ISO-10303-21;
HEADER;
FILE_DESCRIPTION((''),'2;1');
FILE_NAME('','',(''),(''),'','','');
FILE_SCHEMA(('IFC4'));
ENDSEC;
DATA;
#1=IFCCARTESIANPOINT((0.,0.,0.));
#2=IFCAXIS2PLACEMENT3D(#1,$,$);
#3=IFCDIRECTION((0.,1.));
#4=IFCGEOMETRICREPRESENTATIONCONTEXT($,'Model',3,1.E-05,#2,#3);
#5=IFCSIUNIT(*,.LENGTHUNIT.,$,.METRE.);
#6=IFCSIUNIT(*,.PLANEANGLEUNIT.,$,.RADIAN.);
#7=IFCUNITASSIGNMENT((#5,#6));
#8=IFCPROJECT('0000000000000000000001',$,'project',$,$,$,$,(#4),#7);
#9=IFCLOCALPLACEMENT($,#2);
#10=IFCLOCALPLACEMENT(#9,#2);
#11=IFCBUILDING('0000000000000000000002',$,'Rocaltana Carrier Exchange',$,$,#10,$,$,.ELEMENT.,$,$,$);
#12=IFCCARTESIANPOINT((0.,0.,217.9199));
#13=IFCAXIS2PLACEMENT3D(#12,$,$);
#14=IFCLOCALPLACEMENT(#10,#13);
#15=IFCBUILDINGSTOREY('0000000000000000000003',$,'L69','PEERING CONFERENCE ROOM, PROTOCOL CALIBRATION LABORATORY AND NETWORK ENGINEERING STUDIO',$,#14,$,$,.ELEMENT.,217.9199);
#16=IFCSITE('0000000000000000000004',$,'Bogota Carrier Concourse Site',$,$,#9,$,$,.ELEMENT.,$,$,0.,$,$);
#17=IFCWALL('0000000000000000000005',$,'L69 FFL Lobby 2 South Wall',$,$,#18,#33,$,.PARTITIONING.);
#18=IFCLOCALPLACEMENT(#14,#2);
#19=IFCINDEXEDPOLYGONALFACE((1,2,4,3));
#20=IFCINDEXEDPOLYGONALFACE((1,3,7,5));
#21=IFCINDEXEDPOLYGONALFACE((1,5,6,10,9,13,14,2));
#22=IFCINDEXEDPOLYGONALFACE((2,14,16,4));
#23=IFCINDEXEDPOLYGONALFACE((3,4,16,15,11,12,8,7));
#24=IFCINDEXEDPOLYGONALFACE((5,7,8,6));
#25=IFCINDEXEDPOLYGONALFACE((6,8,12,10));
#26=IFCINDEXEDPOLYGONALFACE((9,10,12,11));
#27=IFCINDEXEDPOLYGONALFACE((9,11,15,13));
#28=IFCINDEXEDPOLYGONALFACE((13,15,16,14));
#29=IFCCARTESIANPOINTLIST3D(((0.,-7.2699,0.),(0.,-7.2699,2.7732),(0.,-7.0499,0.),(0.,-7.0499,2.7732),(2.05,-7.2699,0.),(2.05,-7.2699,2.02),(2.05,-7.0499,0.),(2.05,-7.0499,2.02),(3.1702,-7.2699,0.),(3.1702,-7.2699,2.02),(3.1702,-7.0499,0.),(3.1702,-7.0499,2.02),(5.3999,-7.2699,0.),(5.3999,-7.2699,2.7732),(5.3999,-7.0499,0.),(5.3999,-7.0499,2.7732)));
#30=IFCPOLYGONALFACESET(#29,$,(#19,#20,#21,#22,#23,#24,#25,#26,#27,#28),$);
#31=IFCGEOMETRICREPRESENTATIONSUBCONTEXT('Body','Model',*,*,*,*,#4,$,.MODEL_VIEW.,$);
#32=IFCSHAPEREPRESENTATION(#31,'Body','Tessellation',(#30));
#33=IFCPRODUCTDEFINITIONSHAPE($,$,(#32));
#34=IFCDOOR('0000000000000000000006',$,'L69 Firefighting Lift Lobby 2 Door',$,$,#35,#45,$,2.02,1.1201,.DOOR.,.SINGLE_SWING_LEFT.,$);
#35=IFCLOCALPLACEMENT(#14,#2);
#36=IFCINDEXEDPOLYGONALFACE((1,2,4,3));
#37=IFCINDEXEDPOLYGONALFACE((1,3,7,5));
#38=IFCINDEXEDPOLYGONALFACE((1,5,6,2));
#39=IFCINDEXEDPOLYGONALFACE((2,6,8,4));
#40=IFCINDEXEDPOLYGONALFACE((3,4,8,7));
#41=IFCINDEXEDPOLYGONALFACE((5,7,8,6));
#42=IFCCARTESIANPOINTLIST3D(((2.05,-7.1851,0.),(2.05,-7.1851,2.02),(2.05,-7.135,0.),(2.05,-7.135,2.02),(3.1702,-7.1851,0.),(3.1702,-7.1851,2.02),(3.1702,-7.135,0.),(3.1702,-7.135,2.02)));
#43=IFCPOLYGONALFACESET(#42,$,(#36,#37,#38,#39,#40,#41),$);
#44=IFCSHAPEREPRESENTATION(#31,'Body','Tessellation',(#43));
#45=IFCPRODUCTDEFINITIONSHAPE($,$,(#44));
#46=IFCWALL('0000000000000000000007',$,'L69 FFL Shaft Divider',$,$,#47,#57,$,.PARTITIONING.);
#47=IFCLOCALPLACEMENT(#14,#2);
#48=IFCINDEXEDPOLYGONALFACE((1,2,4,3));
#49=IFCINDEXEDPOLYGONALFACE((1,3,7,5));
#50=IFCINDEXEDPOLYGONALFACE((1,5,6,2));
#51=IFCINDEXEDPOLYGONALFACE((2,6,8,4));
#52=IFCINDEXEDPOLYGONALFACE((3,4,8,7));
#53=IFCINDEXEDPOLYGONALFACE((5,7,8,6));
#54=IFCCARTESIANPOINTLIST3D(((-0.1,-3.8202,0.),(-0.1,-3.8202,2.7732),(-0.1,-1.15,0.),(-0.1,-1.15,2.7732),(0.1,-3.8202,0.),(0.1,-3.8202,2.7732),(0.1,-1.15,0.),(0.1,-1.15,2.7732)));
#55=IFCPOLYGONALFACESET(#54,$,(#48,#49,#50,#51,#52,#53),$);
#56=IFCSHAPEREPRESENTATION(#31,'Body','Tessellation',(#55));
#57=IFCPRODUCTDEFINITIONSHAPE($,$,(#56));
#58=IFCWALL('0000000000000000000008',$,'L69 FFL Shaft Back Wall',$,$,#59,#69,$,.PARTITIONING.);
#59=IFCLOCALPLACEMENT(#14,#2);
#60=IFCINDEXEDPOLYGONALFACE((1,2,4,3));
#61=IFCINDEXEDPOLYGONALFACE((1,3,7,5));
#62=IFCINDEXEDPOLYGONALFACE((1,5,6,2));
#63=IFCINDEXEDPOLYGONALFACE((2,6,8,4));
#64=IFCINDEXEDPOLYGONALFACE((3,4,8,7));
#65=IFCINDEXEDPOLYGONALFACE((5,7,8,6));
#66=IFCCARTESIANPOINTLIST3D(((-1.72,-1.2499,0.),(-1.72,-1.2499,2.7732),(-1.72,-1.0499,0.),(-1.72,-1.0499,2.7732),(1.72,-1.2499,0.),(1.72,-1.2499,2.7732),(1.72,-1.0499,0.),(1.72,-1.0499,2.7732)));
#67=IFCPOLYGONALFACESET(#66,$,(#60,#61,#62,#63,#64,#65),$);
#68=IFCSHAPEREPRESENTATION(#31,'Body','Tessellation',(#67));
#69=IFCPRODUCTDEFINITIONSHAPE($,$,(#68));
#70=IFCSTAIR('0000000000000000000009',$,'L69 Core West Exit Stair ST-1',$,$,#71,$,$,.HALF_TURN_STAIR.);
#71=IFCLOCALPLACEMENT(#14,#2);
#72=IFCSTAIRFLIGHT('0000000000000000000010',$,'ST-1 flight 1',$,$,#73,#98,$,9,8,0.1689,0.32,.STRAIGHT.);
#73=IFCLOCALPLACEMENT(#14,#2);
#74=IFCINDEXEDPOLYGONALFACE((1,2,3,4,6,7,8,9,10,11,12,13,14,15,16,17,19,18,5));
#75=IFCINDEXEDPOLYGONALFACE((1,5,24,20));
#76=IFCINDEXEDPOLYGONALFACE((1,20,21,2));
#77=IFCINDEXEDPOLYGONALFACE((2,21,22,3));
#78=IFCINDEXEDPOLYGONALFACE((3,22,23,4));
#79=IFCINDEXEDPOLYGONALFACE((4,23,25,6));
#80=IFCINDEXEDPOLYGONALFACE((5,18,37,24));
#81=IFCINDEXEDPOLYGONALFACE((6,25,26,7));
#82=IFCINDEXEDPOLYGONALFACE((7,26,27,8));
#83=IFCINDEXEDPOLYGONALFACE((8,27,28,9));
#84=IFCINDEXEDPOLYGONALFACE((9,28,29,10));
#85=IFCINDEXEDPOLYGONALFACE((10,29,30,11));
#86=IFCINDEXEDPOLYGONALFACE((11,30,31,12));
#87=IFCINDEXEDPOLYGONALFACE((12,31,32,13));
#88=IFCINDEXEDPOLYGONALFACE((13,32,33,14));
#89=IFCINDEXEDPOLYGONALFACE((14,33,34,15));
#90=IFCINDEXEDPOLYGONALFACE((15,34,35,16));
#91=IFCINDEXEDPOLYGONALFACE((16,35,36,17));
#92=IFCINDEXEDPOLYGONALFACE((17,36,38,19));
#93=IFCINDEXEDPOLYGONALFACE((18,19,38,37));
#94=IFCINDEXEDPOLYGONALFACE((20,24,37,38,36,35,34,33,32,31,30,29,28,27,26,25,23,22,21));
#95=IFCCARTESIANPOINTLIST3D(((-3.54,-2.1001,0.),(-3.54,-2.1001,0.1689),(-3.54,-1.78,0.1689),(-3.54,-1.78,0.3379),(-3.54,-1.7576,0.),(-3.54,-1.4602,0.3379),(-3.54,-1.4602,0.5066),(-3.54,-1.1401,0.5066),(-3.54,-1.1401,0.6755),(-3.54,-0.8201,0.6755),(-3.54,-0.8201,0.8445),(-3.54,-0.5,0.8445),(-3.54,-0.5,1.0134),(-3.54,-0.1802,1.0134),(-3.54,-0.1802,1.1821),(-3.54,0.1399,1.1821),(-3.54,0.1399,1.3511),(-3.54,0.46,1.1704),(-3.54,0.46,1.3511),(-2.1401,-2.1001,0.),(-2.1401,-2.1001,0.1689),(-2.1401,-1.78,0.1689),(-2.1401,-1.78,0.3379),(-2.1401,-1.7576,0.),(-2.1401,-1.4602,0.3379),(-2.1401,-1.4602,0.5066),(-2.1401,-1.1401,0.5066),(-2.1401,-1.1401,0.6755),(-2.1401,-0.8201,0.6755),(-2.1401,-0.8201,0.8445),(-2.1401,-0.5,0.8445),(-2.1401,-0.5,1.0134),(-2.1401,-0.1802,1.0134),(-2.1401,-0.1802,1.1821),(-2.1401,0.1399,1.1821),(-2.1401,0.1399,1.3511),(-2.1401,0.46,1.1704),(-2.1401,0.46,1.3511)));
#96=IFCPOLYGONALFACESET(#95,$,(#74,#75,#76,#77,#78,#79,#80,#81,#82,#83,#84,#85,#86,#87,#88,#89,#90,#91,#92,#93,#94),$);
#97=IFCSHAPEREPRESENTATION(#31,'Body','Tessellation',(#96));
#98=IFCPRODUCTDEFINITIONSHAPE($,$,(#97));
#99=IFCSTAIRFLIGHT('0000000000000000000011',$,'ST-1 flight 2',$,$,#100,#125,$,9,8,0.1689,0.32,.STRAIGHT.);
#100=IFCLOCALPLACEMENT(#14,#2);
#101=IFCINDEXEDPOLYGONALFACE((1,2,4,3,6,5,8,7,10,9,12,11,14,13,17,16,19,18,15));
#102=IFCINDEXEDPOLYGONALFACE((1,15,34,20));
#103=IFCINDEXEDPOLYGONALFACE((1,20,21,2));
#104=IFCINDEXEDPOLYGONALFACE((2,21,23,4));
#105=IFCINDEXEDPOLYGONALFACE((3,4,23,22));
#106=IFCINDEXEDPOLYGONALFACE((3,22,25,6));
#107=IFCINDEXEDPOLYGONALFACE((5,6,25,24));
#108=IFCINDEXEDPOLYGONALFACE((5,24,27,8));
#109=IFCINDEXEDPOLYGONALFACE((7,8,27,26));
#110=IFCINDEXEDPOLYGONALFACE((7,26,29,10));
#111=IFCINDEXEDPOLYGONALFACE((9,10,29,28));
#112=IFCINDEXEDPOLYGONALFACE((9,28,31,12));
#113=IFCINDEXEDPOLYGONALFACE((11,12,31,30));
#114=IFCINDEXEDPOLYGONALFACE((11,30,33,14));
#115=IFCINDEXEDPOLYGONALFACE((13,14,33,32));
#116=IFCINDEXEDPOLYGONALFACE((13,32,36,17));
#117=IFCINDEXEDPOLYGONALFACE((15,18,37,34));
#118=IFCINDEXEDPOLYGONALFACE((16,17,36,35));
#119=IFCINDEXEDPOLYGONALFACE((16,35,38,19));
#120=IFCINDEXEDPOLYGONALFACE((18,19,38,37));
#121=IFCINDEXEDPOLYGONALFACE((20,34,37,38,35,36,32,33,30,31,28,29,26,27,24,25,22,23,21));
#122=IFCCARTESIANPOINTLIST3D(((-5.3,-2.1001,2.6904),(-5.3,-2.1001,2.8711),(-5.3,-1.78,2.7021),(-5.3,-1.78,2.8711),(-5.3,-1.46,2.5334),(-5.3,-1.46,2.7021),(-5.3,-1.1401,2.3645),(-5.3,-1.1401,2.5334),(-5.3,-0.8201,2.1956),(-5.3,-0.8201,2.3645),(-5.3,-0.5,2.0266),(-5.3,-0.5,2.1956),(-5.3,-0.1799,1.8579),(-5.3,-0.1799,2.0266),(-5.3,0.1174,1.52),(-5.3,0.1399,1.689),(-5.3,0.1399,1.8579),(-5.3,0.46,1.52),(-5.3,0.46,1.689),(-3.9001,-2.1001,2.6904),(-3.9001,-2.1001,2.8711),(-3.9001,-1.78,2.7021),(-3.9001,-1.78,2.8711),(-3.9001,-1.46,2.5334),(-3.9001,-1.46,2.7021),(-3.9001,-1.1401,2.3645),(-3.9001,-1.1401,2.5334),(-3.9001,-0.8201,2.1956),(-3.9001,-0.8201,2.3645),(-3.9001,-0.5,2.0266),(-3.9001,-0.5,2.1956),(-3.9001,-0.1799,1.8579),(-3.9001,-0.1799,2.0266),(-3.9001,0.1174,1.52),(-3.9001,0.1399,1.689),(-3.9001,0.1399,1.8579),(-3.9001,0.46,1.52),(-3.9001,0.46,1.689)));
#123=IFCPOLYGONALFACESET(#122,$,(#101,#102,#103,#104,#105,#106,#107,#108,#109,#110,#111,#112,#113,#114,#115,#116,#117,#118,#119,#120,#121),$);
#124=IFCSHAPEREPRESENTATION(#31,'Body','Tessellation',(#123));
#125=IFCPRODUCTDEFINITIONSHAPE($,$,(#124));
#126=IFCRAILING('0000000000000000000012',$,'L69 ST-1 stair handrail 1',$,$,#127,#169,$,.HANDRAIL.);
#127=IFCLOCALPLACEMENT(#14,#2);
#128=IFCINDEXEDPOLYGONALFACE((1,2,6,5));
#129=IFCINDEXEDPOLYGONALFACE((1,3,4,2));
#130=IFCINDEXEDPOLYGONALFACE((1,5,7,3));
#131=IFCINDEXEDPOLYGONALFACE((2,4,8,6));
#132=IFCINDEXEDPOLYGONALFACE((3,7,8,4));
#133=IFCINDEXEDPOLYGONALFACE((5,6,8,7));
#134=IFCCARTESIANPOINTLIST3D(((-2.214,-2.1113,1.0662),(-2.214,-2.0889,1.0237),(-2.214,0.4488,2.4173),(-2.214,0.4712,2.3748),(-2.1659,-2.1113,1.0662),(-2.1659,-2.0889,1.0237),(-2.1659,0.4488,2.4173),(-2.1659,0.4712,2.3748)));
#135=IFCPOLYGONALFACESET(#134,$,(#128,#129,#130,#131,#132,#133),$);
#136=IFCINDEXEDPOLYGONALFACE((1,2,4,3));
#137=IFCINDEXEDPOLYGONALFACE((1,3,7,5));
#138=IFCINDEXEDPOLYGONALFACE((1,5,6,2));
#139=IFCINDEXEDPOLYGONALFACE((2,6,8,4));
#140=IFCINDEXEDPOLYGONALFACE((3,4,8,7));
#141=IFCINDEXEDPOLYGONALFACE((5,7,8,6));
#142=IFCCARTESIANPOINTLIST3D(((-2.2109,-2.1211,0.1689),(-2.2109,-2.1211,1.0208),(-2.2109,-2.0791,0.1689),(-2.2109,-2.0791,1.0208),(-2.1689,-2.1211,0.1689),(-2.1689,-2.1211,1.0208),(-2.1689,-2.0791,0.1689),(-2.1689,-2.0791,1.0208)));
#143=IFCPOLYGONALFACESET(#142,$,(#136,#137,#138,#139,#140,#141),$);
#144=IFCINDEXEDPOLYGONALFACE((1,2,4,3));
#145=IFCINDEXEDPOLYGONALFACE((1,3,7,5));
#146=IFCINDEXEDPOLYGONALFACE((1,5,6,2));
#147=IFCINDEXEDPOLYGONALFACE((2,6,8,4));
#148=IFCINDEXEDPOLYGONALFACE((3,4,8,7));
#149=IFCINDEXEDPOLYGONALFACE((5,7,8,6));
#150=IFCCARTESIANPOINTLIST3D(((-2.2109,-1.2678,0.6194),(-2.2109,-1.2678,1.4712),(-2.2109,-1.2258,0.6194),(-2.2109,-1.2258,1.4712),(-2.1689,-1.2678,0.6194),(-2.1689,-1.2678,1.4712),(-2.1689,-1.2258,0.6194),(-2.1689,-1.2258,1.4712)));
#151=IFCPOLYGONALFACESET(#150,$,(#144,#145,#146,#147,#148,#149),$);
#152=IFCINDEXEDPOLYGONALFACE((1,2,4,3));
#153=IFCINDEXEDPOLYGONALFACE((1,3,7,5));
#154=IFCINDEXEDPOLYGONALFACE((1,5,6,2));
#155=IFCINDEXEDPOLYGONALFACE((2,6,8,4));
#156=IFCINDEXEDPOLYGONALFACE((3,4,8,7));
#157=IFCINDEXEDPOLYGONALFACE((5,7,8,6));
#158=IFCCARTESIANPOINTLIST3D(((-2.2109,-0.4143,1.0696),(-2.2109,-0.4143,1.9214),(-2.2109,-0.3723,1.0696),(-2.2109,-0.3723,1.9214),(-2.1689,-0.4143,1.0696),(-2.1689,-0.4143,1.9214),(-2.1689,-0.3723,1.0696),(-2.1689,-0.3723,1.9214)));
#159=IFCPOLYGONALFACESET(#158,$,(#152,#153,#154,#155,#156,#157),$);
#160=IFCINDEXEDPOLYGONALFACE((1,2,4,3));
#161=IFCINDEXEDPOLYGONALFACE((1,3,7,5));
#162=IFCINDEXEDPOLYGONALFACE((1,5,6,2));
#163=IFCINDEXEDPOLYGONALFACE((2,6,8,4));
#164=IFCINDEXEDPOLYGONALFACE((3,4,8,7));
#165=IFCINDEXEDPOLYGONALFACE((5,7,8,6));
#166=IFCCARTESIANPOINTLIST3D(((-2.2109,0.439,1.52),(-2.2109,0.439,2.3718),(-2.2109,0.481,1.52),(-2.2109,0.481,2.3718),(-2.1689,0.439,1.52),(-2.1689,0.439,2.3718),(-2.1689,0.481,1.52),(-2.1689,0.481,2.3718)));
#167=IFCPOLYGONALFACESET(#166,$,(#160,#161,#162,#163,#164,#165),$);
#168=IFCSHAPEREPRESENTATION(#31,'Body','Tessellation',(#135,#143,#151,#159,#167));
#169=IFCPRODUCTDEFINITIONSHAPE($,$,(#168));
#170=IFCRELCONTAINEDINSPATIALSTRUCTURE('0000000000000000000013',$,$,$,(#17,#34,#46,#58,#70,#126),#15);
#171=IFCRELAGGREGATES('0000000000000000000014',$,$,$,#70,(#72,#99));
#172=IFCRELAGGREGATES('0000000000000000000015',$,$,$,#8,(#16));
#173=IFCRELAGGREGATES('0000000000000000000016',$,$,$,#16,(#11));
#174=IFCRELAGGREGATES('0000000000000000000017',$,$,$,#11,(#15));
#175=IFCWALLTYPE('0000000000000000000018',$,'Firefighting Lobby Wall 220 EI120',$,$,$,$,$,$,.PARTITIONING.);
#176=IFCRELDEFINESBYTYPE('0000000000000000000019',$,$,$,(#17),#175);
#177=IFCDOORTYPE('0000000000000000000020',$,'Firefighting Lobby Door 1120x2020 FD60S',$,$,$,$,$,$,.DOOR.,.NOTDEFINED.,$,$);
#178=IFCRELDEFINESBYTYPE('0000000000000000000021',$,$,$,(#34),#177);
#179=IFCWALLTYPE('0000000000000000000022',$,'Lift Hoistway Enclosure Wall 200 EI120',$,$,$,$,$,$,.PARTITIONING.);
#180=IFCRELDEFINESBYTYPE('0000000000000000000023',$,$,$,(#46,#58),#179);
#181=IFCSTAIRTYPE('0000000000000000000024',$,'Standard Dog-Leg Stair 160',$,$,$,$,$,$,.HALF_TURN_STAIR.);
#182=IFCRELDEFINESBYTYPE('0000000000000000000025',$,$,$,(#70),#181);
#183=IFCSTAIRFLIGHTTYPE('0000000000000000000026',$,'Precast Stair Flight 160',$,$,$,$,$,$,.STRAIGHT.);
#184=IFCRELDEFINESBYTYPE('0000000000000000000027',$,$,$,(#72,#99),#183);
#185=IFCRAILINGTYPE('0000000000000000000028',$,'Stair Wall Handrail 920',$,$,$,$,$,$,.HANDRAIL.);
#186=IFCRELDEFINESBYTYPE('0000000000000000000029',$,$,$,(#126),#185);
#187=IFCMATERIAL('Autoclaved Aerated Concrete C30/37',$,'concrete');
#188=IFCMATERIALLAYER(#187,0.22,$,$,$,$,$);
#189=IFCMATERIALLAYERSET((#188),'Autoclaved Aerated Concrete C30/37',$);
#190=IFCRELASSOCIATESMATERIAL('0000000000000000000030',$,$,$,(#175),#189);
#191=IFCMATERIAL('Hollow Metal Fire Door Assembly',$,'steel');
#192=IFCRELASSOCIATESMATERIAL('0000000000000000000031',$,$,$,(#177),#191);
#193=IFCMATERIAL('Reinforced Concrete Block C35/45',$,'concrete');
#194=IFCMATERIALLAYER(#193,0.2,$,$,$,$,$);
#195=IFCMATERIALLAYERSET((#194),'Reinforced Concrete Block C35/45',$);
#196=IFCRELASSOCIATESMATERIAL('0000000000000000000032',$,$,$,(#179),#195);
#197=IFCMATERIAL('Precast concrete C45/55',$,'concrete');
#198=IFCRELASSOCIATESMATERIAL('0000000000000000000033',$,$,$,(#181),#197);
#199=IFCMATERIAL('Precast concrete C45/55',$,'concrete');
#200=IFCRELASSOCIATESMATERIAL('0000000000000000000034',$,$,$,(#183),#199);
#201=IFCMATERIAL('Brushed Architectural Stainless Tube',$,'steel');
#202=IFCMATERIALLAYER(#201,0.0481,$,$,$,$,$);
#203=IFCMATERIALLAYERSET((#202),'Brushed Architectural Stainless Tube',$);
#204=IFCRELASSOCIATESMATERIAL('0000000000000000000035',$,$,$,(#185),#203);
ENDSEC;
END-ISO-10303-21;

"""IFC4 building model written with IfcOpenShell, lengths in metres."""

from ifc_helpers import new_model, si_unit, direction, frame, frame_2d, origin, origin_2d, place, context, subcontext, project, spatial, polyline, rectangle, outline, extrude, material, layer, layer_set, type_object, element, fill, aggregate, save


model = new_model("IFC4")

# Units and contexts
model_context = context("Model", 3, precision=1e-05, world=origin(), true_north=direction((0.0, 1.0)))
body_context = subcontext(model_context, "Body", "Model", "MODEL_VIEW")
ifc_project = project(units=[si_unit("LENGTHUNIT", "METRE"), si_unit("PLANEANGLEUNIT", "RADIAN")], contexts=[model_context])

# Site, building, storey
site_placement = place(None, origin())
site = spatial("IfcSite", under=ifc_project, at=site_placement, Name="Bogota Carrier Concourse Site", CompositionType="ELEMENT", RefElevation=0.0)
building_placement = place(site_placement, origin())
building = spatial("IfcBuilding", under=site, at=building_placement, Name="Rocaltana Carrier Exchange", CompositionType="ELEMENT")
storey_placement = place(building_placement, frame((0.0, 0.0, 217.9199)))
storey = spatial("IfcBuildingStorey", under=building, at=storey_placement, Name="L69", Description="PEERING CONFERENCE ROOM, PROTOCOL CALIBRATION LABORATORY AND NETWORK ENGINEERING STUDIO", CompositionType="ELEMENT", Elevation=217.9199)

# Shared definitions
ifc_material_1 = material(Name="Autoclaved Aerated Concrete C30/37", Category="concrete")
ifc_layer_1 = layer(ifc_material_1, 0.22)
ifc_layer_set_1 = layer_set([ifc_layer_1], Name="Autoclaved Aerated Concrete C30/37")
wall_type_1 = type_object("IfcWallType", Name="Firefighting Lobby Wall 220 EI120", PredefinedType="PARTITIONING", material=ifc_layer_set_1)

# Wall, opening, door
ifc_material_2 = material(Name="Hollow Metal Fire Door Assembly", Category="steel")
door_type = type_object("IfcDoorType", Name="Firefighting Lobby Door 1120x2020 FD60S", OperationType="NOTDEFINED", PredefinedType="DOOR", material=ifc_material_2)
wall_1_placement = place(storey_placement, frame((0.0, -7.1599, 0.0), z_axis=(0.0, 0.0, 1.0), x_axis=(1.0, 0.0, 0.0)))
wall_1 = element("IfcWall", 1, at=wall_1_placement, inside=storey, type_object=wall_type_1, Name="L69 FFL Lobby 2 South Wall", PredefinedType="PARTITIONING", context=body_context, shape_type="SweptSolid", body=[
    extrude(rectangle(XDim=5.3999, YDim=0.22, at=frame_2d((2.7, 0.0))), origin(), (0.0, 0.0, 1.0), 2.7732),
])
opening_1_placement = place(wall_1_placement, frame((2.05, 0.0, 0.0)))
opening_1 = element("IfcOpeningElement", 2, at=opening_1_placement, cuts=wall_1, PredefinedType="OPENING", context=body_context, shape_type="SweptSolid", body=[
    extrude(rectangle(XDim=1.1201, YDim=2.02, at=frame_2d((0.5601, 1.01))), frame((0.0, 0.1199, 0.0), z_axis=(0.0, -1.0, 0.0), x_axis=(1.0, 0.0, 0.0)), (0.0, 0.0, 1.0), 0.24),
])
door_1_placement = place(opening_1_placement, origin())
door_1 = element("IfcDoor", 3, at=door_1_placement, inside=storey, type_object=door_type, Name="L69 Firefighting Lift Lobby 2 Door", OperationType="SINGLE_SWING_LEFT", OverallHeight=2.02, OverallWidth=1.1201, PredefinedType="DOOR", context=body_context, shape_type="SweptSolid", body=[
    extrude(rectangle(XDim=1.1201, YDim=2.02, at=frame_2d((0.5601, 1.01))), frame((0.0, 0.0249, 0.0), z_axis=(0.0, -1.0, 0.0), x_axis=(1.0, 0.0, 0.0)), (0.0, 0.0, 1.0), 0.05),
])
fill(opening_1, door_1)

# Walls
ifc_material_3 = material(Name="Reinforced Concrete Block C35/45", Category="concrete")
ifc_layer_2 = layer(ifc_material_3, 0.2)
ifc_layer_set_2 = layer_set([ifc_layer_2], Name="Reinforced Concrete Block C35/45")
wall_type_2 = type_object("IfcWallType", Name="Lift Hoistway Enclosure Wall 200 EI120", PredefinedType="PARTITIONING", material=ifc_layer_set_2)
wall_2_placement = place(storey_placement, frame((0.0, -3.8201, 0.0), z_axis=(0.0, 0.0, 1.0), x_axis=(0.0, 1.0, 0.0)))
element("IfcWall", 4, at=wall_2_placement, inside=storey, type_object=wall_type_2, Name="L69 FFL Shaft Divider", PredefinedType="PARTITIONING", context=body_context, shape_type="SweptSolid", body=[
    extrude(rectangle(XDim=2.6702, YDim=0.2, at=frame_2d((1.335, 0.0))), origin(), (0.0, 0.0, 1.0), 2.7732),
])
wall_3_placement = place(storey_placement, frame((-1.72, -1.1499, 0.0), z_axis=(0.0, 0.0, 1.0), x_axis=(1.0, 0.0, 0.0)))
element("IfcWall", 5, at=wall_3_placement, inside=storey, type_object=wall_type_2, Name="L69 FFL Shaft Back Wall", PredefinedType="PARTITIONING", context=body_context, shape_type="SweptSolid", body=[
    extrude(rectangle(XDim=3.4399, YDim=0.2, at=frame_2d((1.72, 0.0))), origin(), (0.0, 0.0, 1.0), 2.7732),
])

# Stair, stair flights
ifc_material_4 = material(Name="Precast concrete C45/55", Category="concrete")
stair_type = type_object("IfcStairType", Name="Standard Dog-Leg Stair 160", PredefinedType="HALF_TURN_STAIR", material=ifc_material_4)
stair_placement = place(storey_placement, origin())
stair = element("IfcStair", 6, at=stair_placement, inside=storey, type_object=stair_type, Name="L69 Core West Exit Stair ST-1", PredefinedType="HALF_TURN_STAIR")
ifc_material_5 = material(Name="Precast concrete C45/55", Category="concrete")
stair_flight_type = type_object("IfcStairFlightType", Name="Precast Stair Flight 160", PredefinedType="STRAIGHT", material=ifc_material_5)
stair_flight_1_placement = place(storey_placement, frame((-2.8401, -2.1001, 0.0), z_axis=(0.0, 0.0, 1.0), x_axis=(0.0, 1.0, 0.0)))
stair_flight_1 = element("IfcStairFlight", 7, at=stair_flight_1_placement, type_object=stair_flight_type, Name="ST-1 flight 1", NumberOfRisers=9, NumberOfTreads=8, PredefinedType="STRAIGHT", RiserHeight=0.1689, TreadLength=0.32, context=body_context, shape_type="SweptSolid", body=[
    extrude(outline(polyline([(0.0, 0.0), (0.0, 0.1689), (0.3201, 0.1689), (0.3201, 0.3379), (0.6399, 0.3379), (0.6399, 0.5066), (0.96, 0.5066), (0.96, 0.6755), (1.28, 0.6755), (1.28, 0.8445), (1.6001, 0.8445), (1.6001, 1.0134), (1.9199, 1.0134), (1.9199, 1.1821), (2.24, 1.1821), (2.24, 1.3511), (2.5601, 1.3511), (2.5601, 1.52), (2.5601, 1.1704), (0.3425, 0.0), (0.0, 0.0)])), frame((0.0, 0.7, 0.0), z_axis=(0.0, -1.0, 0.0), x_axis=(1.0, 0.0, 0.0)), (0.0, 0.0, 1.0), 1.3999),
])
stair_flight_2_placement = place(storey_placement, frame((-4.6001, 0.46, 1.52), z_axis=(0.0, 0.0, 1.0), x_axis=(0.0, -1.0, 0.0)))
stair_flight_2 = element("IfcStairFlight", 8, at=stair_flight_2_placement, type_object=stair_flight_type, Name="ST-1 flight 2", NumberOfRisers=9, NumberOfTreads=8, PredefinedType="STRAIGHT", RiserHeight=0.1689, TreadLength=0.32, context=body_context, shape_type="SweptSolid", body=[
    extrude(outline(polyline([(0.0, 0.0), (0.0, 0.1689), (0.3201, 0.1689), (0.3201, 0.3379), (0.6399, 0.3379), (0.6399, 0.5066), (0.96, 0.5066), (0.96, 0.6755), (1.28, 0.6755), (1.28, 0.8445), (1.6001, 0.8445), (1.6001, 1.0134), (1.9199, 1.0134), (1.9199, 1.1821), (2.24, 1.1821), (2.24, 1.3511), (2.5601, 1.3511), (2.5601, 1.52), (2.5601, 1.1704), (0.3425, 0.0), (0.0, 0.0)])), frame((0.0, 0.7, 0.0), z_axis=(0.0, -1.0, 0.0), x_axis=(1.0, 0.0, 0.0)), (0.0, 0.0, 1.0), 1.3999),
])
aggregate(stair, [stair_flight_1, stair_flight_2])

# Railing
ifc_material_6 = material(Name="Brushed Architectural Stainless Tube", Category="steel")
ifc_layer_3 = layer(ifc_material_6, 0.0481)
ifc_layer_set_3 = layer_set([ifc_layer_3], Name="Brushed Architectural Stainless Tube")
railing_type_1 = type_object("IfcRailingType", Name="Stair Wall Handrail 920", PredefinedType="HANDRAIL", material=ifc_layer_set_3)
railing_1_placement = place(storey_placement, frame((-2.1899, -2.1001, 0.1689)))
element("IfcRailing", 9, at=railing_1_placement, inside=storey, type_object=railing_type_1, Name="L69 ST-1 stair handrail 1", PredefinedType="HANDRAIL", context=body_context, shape_type="SweptSolid", body=[
    extrude(rectangle(XDim=0.0481, YDim=0.0481, at=origin_2d()), frame((0.0, 0.0, 0.876), z_axis=(0.0, 0.884394, 0.46674), x_axis=(-1.0, 0.0, 0.0)), (0.0, 0.0, 1.0), 2.8948),
    extrude(rectangle(XDim=0.042, YDim=0.042, at=origin_2d()), origin(), (0.0, 0.0, 1.0), 0.8518),
    extrude(rectangle(XDim=0.042, YDim=0.042, at=origin_2d()), frame((0.0, 0.8533, 0.4504)), (0.0, 0.0, 1.0), 0.8518),
    extrude(rectangle(XDim=0.042, YDim=0.042, at=origin_2d()), frame((0.0, 1.7068, 0.9006)), (0.0, 0.0, 1.0), 0.8518),
    extrude(rectangle(XDim=0.042, YDim=0.042, at=origin_2d()), frame((0.0, 2.5601, 1.3511)), (0.0, 0.0, 1.0), 0.8518),
])

save(model, "model.ifc")
